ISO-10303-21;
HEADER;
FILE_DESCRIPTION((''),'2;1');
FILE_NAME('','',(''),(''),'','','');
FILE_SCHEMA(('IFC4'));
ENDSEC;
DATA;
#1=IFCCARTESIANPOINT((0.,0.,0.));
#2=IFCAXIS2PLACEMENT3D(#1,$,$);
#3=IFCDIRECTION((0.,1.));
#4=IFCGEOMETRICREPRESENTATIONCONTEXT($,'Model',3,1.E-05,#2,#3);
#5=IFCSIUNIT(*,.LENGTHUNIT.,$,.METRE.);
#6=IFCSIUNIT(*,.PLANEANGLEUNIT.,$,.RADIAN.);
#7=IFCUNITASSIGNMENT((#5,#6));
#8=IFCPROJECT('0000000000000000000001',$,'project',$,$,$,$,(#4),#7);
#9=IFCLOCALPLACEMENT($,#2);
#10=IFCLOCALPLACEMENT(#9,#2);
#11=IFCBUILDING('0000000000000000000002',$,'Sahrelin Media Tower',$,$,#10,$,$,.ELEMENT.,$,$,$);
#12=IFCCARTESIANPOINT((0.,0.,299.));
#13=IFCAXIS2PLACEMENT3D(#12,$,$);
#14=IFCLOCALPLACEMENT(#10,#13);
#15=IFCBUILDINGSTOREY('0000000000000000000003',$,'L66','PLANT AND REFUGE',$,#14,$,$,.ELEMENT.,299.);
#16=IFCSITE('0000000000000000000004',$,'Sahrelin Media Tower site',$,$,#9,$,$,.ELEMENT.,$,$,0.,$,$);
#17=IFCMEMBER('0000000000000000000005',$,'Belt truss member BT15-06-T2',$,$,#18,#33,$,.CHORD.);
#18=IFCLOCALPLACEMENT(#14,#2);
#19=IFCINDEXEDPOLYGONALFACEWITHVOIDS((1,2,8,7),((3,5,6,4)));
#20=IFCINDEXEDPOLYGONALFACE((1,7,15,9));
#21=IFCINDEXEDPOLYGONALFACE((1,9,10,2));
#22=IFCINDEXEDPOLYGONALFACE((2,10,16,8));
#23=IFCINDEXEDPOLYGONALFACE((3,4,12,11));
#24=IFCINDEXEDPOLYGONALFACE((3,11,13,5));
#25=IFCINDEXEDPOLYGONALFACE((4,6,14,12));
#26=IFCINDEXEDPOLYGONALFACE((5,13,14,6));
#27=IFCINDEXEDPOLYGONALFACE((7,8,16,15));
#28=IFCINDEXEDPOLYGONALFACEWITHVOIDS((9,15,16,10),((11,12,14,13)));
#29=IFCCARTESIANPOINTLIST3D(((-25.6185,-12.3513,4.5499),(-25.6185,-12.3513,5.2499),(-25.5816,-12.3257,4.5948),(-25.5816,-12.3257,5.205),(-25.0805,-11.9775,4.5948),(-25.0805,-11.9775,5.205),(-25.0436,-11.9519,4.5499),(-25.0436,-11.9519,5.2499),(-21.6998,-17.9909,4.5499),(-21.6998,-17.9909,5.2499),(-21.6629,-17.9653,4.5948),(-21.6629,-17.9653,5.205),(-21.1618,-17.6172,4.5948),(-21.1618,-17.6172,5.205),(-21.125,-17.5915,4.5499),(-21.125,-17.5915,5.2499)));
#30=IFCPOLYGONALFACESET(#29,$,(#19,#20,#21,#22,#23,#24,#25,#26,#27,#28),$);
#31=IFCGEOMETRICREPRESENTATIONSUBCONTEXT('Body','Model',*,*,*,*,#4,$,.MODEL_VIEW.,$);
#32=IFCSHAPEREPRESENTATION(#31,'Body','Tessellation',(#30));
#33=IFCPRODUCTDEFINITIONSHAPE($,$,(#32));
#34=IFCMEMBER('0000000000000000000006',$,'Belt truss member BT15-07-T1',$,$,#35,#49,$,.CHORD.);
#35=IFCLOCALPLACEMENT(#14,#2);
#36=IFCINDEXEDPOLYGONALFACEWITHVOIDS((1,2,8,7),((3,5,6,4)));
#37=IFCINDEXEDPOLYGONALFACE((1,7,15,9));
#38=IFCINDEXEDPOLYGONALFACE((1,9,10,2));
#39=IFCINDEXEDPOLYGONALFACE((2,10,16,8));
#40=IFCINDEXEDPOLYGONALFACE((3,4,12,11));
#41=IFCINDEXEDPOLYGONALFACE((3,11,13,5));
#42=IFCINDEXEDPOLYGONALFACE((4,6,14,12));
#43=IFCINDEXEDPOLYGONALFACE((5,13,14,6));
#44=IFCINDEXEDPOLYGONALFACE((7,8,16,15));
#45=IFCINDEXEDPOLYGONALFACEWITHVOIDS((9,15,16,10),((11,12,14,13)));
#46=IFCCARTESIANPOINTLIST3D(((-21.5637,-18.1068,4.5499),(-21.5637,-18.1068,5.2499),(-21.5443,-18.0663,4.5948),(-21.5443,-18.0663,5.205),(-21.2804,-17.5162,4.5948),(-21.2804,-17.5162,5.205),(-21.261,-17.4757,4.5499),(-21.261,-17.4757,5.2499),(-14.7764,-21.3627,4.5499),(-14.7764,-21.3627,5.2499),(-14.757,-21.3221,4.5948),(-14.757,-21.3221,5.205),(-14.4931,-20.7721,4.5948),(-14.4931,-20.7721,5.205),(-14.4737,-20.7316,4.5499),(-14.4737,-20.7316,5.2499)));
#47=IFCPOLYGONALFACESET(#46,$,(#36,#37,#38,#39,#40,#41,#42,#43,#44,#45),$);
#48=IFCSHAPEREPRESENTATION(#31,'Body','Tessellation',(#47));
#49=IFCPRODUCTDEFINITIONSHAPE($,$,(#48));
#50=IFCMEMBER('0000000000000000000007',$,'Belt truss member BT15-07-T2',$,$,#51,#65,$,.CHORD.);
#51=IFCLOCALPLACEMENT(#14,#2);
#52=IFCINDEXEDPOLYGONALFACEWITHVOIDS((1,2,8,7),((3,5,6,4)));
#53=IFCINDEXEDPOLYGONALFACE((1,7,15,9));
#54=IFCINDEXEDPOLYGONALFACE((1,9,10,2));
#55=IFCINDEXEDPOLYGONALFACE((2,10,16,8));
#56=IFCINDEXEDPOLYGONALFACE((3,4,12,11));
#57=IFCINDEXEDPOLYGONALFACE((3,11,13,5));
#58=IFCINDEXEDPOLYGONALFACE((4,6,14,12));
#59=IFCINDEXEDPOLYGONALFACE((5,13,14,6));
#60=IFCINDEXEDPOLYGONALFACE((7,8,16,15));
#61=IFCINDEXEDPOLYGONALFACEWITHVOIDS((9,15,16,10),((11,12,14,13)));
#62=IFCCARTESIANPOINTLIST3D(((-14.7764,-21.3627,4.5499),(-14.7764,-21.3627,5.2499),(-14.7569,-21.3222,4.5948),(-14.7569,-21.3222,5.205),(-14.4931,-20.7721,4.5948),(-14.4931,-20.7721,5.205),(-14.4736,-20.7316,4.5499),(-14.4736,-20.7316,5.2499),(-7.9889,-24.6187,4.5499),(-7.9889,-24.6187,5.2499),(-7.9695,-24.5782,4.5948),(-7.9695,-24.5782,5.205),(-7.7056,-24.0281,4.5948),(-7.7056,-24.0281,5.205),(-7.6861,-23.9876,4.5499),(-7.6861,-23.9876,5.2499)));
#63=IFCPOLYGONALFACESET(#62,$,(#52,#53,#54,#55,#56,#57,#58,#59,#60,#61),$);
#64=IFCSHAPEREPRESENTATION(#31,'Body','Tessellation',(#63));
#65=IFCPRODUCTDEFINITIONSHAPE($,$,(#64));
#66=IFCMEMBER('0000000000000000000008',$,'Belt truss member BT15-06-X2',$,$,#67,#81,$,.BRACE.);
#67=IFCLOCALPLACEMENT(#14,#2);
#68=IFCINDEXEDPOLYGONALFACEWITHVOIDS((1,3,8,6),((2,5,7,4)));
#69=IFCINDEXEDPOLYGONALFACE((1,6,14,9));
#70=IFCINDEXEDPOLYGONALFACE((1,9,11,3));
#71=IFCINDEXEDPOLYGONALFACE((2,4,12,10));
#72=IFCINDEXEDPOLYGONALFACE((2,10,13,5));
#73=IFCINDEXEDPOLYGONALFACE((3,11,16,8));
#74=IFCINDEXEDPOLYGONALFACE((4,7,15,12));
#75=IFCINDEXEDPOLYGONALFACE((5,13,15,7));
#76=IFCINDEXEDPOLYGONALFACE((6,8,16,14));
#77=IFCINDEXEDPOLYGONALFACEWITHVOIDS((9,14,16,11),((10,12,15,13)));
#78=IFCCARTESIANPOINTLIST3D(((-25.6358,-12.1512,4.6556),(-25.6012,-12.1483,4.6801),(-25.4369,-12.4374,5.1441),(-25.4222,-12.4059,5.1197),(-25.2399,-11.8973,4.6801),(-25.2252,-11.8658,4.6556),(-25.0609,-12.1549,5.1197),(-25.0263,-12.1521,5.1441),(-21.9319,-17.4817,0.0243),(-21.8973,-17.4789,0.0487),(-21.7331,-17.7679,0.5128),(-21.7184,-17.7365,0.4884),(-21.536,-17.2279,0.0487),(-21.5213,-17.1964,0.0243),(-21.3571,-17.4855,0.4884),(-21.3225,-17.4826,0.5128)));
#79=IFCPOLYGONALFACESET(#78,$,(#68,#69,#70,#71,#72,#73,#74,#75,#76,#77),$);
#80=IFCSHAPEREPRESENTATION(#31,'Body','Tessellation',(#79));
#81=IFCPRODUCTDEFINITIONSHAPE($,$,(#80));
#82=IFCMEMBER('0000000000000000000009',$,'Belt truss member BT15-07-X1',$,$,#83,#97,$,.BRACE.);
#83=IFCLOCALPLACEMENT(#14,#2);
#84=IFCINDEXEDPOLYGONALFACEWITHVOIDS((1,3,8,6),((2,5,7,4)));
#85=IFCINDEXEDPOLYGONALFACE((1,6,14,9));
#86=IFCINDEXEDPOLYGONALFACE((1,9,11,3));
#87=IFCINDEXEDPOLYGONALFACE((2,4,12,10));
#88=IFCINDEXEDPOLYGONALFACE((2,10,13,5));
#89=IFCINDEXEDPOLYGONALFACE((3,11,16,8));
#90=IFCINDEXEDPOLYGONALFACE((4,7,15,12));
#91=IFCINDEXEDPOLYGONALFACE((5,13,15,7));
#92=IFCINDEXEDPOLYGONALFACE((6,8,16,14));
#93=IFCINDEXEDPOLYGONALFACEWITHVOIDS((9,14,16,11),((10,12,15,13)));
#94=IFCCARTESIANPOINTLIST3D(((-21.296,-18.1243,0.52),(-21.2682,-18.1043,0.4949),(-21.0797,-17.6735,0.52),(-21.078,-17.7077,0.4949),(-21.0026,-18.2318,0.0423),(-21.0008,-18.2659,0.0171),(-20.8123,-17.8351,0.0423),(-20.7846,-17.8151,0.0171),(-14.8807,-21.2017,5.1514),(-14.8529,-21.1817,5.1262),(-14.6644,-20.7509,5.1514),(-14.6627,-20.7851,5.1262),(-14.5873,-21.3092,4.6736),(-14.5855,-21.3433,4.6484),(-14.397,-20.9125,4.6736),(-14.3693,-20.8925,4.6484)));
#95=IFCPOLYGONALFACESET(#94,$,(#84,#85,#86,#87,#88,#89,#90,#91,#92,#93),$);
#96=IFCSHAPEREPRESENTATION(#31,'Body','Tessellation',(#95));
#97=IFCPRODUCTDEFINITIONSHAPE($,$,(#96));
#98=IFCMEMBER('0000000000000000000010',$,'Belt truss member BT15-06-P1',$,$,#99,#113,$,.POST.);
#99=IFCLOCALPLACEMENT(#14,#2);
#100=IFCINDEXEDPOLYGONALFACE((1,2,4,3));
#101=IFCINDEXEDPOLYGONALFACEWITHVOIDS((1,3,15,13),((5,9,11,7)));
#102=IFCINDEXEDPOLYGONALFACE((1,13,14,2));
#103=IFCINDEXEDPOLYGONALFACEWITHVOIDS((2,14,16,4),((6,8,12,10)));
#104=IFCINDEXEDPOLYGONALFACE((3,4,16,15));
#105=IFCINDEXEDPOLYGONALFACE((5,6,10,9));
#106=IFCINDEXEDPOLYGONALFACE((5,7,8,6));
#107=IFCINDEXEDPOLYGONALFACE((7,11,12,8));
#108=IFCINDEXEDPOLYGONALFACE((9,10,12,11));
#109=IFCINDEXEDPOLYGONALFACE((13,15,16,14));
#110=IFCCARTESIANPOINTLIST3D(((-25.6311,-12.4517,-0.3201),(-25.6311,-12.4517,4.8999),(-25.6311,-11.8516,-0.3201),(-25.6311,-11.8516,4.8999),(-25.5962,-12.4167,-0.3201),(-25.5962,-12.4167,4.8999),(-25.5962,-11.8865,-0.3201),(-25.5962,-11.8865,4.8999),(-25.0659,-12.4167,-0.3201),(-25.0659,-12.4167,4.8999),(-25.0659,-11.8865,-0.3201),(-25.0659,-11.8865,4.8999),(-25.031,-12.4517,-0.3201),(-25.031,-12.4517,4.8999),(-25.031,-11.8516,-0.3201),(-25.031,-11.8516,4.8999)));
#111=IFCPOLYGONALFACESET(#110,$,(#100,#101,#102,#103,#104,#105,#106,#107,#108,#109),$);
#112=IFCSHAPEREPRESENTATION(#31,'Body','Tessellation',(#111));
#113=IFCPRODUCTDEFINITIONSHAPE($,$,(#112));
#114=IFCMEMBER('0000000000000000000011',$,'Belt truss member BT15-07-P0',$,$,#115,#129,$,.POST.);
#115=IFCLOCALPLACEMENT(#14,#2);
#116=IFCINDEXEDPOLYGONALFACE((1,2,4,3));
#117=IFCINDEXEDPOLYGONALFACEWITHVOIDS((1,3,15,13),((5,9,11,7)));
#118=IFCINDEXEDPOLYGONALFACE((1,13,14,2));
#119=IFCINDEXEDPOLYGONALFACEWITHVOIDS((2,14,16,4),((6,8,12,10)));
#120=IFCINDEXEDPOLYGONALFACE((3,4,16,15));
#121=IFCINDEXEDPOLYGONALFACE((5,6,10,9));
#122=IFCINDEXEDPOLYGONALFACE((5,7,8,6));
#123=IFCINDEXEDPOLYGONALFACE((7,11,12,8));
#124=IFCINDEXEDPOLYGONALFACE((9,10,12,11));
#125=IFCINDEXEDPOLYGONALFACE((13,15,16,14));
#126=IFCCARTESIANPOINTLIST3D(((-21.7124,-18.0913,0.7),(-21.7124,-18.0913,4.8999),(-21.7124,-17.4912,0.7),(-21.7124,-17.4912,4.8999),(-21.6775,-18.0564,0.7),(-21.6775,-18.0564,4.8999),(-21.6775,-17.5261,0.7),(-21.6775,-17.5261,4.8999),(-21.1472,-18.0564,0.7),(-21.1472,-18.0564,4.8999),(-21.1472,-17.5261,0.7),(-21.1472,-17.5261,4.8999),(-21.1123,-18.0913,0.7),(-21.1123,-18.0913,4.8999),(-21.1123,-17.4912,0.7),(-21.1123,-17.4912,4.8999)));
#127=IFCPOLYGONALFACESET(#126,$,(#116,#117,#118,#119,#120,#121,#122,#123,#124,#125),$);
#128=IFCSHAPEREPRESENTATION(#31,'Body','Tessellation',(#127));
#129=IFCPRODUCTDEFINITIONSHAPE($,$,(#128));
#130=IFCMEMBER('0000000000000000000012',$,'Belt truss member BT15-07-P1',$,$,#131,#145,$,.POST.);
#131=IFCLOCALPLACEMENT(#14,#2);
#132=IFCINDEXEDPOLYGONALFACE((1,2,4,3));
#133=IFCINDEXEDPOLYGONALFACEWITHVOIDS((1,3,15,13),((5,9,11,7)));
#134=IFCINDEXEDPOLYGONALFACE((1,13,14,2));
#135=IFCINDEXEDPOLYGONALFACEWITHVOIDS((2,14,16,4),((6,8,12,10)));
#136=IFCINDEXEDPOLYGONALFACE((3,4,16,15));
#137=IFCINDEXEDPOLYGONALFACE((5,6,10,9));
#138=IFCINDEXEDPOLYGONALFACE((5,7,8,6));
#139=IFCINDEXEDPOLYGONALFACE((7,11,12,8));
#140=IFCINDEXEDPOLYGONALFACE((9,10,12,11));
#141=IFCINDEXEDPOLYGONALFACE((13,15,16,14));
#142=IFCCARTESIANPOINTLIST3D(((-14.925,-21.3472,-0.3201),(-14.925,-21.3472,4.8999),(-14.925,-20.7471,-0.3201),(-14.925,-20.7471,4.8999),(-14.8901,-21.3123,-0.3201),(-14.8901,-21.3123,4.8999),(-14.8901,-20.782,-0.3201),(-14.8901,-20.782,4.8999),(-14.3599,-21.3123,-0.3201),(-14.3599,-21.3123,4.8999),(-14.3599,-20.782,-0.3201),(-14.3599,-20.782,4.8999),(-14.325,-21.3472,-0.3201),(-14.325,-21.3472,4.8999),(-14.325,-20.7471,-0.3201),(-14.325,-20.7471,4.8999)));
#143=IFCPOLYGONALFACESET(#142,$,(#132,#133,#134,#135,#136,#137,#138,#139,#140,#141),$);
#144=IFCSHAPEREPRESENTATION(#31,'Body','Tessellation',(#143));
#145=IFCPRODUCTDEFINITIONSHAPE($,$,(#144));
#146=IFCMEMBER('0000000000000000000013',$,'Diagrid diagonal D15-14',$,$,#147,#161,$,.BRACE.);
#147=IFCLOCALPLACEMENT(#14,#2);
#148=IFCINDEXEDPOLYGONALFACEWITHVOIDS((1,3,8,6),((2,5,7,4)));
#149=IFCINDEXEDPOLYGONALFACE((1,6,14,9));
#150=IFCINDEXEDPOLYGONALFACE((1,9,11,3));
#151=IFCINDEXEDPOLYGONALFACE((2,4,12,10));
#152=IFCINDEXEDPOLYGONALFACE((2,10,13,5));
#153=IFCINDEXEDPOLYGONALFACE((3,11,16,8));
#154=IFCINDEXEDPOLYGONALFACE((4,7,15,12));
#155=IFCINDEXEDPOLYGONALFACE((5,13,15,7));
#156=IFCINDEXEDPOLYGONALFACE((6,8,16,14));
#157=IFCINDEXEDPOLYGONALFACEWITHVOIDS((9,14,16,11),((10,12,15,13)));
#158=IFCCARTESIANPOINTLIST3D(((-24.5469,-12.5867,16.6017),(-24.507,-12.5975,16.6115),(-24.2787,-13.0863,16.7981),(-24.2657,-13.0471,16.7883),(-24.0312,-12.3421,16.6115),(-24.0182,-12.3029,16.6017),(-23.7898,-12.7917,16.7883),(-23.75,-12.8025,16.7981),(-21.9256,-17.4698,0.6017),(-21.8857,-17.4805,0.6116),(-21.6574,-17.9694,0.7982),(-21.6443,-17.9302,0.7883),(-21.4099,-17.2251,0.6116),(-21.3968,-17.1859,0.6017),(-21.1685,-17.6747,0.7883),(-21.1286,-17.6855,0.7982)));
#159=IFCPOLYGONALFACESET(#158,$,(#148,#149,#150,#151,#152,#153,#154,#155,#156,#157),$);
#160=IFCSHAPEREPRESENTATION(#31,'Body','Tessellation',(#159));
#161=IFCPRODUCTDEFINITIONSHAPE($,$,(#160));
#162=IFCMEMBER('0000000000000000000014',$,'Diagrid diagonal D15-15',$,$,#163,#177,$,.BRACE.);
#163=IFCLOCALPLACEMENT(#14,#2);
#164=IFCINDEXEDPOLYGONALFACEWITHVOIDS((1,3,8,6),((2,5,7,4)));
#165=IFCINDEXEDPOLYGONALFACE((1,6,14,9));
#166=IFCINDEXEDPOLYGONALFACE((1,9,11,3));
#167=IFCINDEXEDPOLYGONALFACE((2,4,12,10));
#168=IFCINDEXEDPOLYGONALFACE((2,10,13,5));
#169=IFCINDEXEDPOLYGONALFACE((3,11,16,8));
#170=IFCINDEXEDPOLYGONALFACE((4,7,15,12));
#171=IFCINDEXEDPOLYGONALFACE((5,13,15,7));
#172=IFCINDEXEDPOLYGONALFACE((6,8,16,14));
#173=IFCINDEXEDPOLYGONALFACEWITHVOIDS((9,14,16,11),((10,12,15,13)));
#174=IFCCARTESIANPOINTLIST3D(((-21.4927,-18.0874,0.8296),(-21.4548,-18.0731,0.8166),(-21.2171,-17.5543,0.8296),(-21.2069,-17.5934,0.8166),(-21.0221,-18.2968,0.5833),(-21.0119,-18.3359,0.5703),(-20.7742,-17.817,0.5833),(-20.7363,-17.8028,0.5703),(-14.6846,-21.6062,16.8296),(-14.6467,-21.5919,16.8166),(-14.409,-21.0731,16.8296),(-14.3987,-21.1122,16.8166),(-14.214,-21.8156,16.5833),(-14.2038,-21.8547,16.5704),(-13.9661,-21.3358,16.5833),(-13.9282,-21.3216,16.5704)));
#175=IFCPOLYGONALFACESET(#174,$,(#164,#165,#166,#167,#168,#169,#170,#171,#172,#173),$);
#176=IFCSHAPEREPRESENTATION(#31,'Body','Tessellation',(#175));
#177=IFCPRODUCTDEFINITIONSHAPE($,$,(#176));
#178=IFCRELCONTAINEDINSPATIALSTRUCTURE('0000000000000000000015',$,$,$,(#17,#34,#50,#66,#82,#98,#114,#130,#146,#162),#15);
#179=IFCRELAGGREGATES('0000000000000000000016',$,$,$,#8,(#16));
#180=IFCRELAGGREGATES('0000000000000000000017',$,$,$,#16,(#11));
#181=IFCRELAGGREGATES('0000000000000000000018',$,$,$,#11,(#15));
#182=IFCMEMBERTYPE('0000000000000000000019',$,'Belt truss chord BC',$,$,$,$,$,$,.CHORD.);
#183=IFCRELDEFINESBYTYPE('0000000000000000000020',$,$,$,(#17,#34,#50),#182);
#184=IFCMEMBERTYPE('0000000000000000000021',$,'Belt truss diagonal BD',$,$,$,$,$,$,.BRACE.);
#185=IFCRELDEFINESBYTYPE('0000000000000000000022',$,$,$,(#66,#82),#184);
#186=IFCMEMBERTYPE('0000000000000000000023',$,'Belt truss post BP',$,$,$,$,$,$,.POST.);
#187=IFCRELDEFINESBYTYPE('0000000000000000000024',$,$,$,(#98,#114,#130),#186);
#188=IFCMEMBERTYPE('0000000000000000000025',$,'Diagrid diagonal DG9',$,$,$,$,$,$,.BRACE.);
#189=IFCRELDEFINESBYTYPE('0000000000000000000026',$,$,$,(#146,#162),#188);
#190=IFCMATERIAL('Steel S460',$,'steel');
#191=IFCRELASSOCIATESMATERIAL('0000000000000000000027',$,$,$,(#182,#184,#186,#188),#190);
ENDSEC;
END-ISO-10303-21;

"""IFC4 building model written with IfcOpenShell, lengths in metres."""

from ifc_helpers import new_model, si_unit, direction, frame, origin, origin_2d, place, context, subcontext, project, spatial, hollow_rectangle, extrude, material, material_profile, profile_set, type_object, element, save


model = new_model("IFC4")

# Units and contexts
model_context = context("Model", 3, precision=1e-05, world=origin(), true_north=direction((0.0, 1.0)))
body_context = subcontext(model_context, "Body", "Model", "MODEL_VIEW")
ifc_project = project(units=[si_unit("LENGTHUNIT", "METRE"), si_unit("PLANEANGLEUNIT", "RADIAN")], contexts=[model_context])

# Site, building, storey
site_placement = place(None, origin())
site = spatial("IfcSite", under=ifc_project, at=site_placement, Name="Sahrelin Media Tower site", CompositionType="ELEMENT", RefElevation=0.0)
building_placement = place(site_placement, origin())
building = spatial("IfcBuilding", under=site, at=building_placement, Name="Sahrelin Media Tower", CompositionType="ELEMENT")
storey_placement = place(building_placement, frame((0.0, 0.0, 299.0)))
storey = spatial("IfcBuildingStorey", under=building, at=storey_placement, Name="L66", Description="PLANT AND REFUGE", CompositionType="ELEMENT", Elevation=299.0)

# Members
ifc_material_1 = material(Name="Steel S460", Category="steel")
ifc_material_profile_1 = material_profile(ifc_material_1, hollow_rectangle(XDim=0.7, YDim=0.7, WallThickness=0.0449, at=origin_2d()), Name="Belt truss chord BC")
ifc_profile_set_1 = profile_set([ifc_material_profile_1], Name="Steel S460")
member_type_1 = type_object("IfcMemberType", Name="Belt truss chord BC", PredefinedType="CHORD", material=ifc_profile_set_1)
member_1_placement = place(storey_placement, frame((-25.3311, -12.1516, 4.8999), z_axis=(0.57062, -0.821214, 0.0), x_axis=(0.821214, 0.57062, 0.0)))
element("IfcMember", 1, at=member_1_placement, inside=storey, type_object=member_type_1, Name="Belt truss member BT15-06-T2", PredefinedType="CHORD", context=body_context, shape_type="SweptSolid", body=[
    extrude(hollow_rectangle(XDim=0.7, YDim=0.7, WallThickness=0.0449, at=origin_2d()), origin(), (0.0, 0.0, 1.0), 6.8674),
])
member_2_placement = place(storey_placement, frame((-21.4124, -17.7913, 4.8999), z_axis=(0.90163, -0.432508, 0.0), x_axis=(0.432508, 0.90163, 0.0)))
element("IfcMember", 2, at=member_2_placement, inside=storey, type_object=member_type_1, Name="Belt truss member BT15-07-T1", PredefinedType="CHORD", context=body_context, shape_type="SweptSolid", body=[
    extrude(hollow_rectangle(XDim=0.7, YDim=0.7, WallThickness=0.0449, at=origin_2d()), origin(), (0.0, 0.0, 1.0), 7.5278),
])
member_3_placement = place(storey_placement, frame((-14.625, -21.0471, 4.8999), z_axis=(0.901624, -0.432521, 0.0), x_axis=(0.432521, 0.901624, 0.0)))
element("IfcMember", 3, at=member_3_placement, inside=storey, type_object=member_type_1, Name="Belt truss member BT15-07-T2", PredefinedType="CHORD", context=body_context, shape_type="SweptSolid", body=[
    extrude(hollow_rectangle(XDim=0.7, YDim=0.7, WallThickness=0.0449, at=origin_2d()), origin(), (0.0, 0.0, 1.0), 7.5281),
])
ifc_material_profile_2 = material_profile(ifc_material_1, hollow_rectangle(XDim=0.5, YDim=0.6001, WallThickness=0.03, at=origin_2d()), Name="Belt truss diagonal BD")
ifc_profile_set_2 = profile_set([ifc_material_profile_2], Name="Steel S460")
member_type_2 = type_object("IfcMemberType", Name="Belt truss diagonal BD", PredefinedType="BRACE", material=ifc_profile_set_2)
member_4_placement = place(storey_placement, frame((-21.6272, -17.4822, 0.2686), z_axis=(-0.464498, 0.668503, 0.580814), x_axis=(-0.82122, -0.570611, 0.0)))
element("IfcMember", 4, at=member_4_placement, inside=storey, type_object=member_type_2, Name="Belt truss member BT15-06-X2", PredefinedType="BRACE", context=body_context, shape_type="SweptSolid", body=[
    extrude(hollow_rectangle(XDim=0.5, YDim=0.6001, WallThickness=0.03, at=origin_2d()), origin(), (0.0, 0.0, 1.0), 7.9739),
])
member_5_placement = place(storey_placement, frame((-21.0403, -17.9697, 0.2686), z_axis=(0.755652, -0.362484, 0.545523), x_axis=(0.432509, 0.90163, 0.0)))
element("IfcMember", 5, at=member_5_placement, inside=storey, type_object=member_type_2, Name="Belt truss member BT15-07-X1", PredefinedType="BRACE", context=body_context, shape_type="SweptSolid", body=[
    extrude(hollow_rectangle(XDim=0.5, YDim=0.6001, WallThickness=0.03, at=origin_2d()), origin(), (0.0, 0.0, 1.0), 8.4897),
])
ifc_material_profile_3 = material_profile(ifc_material_1, hollow_rectangle(XDim=0.6001, YDim=0.6001, WallThickness=0.0349, at=origin_2d()), Name="Belt truss post BP")
ifc_profile_set_3 = profile_set([ifc_material_profile_3], Name="Steel S460")
member_type_3 = type_object("IfcMemberType", Name="Belt truss post BP", PredefinedType="POST", material=ifc_profile_set_3)
member_6_placement = place(storey_placement, frame((-25.3311, -12.1516, -0.3201), z_axis=(0.0, 0.0, 1.0), x_axis=(1.0, 0.0, 0.0)))
element("IfcMember", 6, at=member_6_placement, inside=storey, type_object=member_type_3, Name="Belt truss member BT15-06-P1", PredefinedType="POST", context=body_context, shape_type="SweptSolid", body=[
    extrude(hollow_rectangle(XDim=0.6001, YDim=0.6001, WallThickness=0.0349, at=origin_2d()), origin(), (0.0, 0.0, 1.0), 5.22),
])
member_7_placement = place(storey_placement, frame((-21.4124, -17.7913, 0.7), z_axis=(0.0, 0.0, 1.0), x_axis=(1.0, 0.0, 0.0)))
element("IfcMember", 7, at=member_7_placement, inside=storey, type_object=member_type_3, Name="Belt truss member BT15-07-P0", PredefinedType="POST", context=body_context, shape_type="SweptSolid", body=[
    extrude(hollow_rectangle(XDim=0.6001, YDim=0.6001, WallThickness=0.0349, at=origin_2d()), origin(), (0.0, 0.0, 1.0), 4.2),
])
member_8_placement = place(storey_placement, frame((-14.625, -21.0471, -0.3201), z_axis=(0.0, 0.0, 1.0), x_axis=(1.0, 0.0, 0.0)))
element("IfcMember", 8, at=member_8_placement, inside=storey, type_object=member_type_3, Name="Belt truss member BT15-07-P1", PredefinedType="POST", context=body_context, shape_type="SweptSolid", body=[
    extrude(hollow_rectangle(XDim=0.6001, YDim=0.6001, WallThickness=0.0349, at=origin_2d()), origin(), (0.0, 0.0, 1.0), 5.22),
])
ifc_material_profile_4 = material_profile(ifc_material_1, hollow_rectangle(XDim=0.6001, YDim=0.6001, WallThickness=0.03, at=origin_2d()), Name="Diagrid diagonal DG9")
ifc_profile_set_4 = profile_set([ifc_material_profile_4], Name="Steel S460")
member_type_4 = type_object("IfcMemberType", Name="Diagrid diagonal DG9", PredefinedType="BRACE", material=ifc_profile_set_4)
member_9_placement = place(storey_placement, frame((-21.5271, -17.5776, 0.7), z_axis=(-0.154809, 0.288381, 0.944918), x_axis=(-0.881073, -0.47298, 0.0)))
element("IfcMember", 9, at=member_9_placement, inside=storey, type_object=member_type_4, Name="Diagrid diagonal D15-14", PredefinedType="BRACE", context=body_context, shape_type="SweptSolid", body=[
    extrude(hollow_rectangle(XDim=0.6001, YDim=0.6001, WallThickness=0.03, at=origin_2d()), origin(), (0.0, 0.0, 1.0), 16.9326),
])
member_10_placement = place(storey_placement, frame((-21.1145, -17.9451, 0.7), z_axis=(0.383756, -0.198346, 0.901881), x_axis=(0.459152, 0.888358, 0.0)))
element("IfcMember", 10, at=member_10_placement, inside=storey, type_object=member_type_4, Name="Diagrid diagonal D15-15", PredefinedType="BRACE", context=body_context, shape_type="SweptSolid", body=[
    extrude(hollow_rectangle(XDim=0.6001, YDim=0.6001, WallThickness=0.03, at=origin_2d()), origin(), (0.0, 0.0, 1.0), 17.7407),
])

save(model, "model.ifc")
